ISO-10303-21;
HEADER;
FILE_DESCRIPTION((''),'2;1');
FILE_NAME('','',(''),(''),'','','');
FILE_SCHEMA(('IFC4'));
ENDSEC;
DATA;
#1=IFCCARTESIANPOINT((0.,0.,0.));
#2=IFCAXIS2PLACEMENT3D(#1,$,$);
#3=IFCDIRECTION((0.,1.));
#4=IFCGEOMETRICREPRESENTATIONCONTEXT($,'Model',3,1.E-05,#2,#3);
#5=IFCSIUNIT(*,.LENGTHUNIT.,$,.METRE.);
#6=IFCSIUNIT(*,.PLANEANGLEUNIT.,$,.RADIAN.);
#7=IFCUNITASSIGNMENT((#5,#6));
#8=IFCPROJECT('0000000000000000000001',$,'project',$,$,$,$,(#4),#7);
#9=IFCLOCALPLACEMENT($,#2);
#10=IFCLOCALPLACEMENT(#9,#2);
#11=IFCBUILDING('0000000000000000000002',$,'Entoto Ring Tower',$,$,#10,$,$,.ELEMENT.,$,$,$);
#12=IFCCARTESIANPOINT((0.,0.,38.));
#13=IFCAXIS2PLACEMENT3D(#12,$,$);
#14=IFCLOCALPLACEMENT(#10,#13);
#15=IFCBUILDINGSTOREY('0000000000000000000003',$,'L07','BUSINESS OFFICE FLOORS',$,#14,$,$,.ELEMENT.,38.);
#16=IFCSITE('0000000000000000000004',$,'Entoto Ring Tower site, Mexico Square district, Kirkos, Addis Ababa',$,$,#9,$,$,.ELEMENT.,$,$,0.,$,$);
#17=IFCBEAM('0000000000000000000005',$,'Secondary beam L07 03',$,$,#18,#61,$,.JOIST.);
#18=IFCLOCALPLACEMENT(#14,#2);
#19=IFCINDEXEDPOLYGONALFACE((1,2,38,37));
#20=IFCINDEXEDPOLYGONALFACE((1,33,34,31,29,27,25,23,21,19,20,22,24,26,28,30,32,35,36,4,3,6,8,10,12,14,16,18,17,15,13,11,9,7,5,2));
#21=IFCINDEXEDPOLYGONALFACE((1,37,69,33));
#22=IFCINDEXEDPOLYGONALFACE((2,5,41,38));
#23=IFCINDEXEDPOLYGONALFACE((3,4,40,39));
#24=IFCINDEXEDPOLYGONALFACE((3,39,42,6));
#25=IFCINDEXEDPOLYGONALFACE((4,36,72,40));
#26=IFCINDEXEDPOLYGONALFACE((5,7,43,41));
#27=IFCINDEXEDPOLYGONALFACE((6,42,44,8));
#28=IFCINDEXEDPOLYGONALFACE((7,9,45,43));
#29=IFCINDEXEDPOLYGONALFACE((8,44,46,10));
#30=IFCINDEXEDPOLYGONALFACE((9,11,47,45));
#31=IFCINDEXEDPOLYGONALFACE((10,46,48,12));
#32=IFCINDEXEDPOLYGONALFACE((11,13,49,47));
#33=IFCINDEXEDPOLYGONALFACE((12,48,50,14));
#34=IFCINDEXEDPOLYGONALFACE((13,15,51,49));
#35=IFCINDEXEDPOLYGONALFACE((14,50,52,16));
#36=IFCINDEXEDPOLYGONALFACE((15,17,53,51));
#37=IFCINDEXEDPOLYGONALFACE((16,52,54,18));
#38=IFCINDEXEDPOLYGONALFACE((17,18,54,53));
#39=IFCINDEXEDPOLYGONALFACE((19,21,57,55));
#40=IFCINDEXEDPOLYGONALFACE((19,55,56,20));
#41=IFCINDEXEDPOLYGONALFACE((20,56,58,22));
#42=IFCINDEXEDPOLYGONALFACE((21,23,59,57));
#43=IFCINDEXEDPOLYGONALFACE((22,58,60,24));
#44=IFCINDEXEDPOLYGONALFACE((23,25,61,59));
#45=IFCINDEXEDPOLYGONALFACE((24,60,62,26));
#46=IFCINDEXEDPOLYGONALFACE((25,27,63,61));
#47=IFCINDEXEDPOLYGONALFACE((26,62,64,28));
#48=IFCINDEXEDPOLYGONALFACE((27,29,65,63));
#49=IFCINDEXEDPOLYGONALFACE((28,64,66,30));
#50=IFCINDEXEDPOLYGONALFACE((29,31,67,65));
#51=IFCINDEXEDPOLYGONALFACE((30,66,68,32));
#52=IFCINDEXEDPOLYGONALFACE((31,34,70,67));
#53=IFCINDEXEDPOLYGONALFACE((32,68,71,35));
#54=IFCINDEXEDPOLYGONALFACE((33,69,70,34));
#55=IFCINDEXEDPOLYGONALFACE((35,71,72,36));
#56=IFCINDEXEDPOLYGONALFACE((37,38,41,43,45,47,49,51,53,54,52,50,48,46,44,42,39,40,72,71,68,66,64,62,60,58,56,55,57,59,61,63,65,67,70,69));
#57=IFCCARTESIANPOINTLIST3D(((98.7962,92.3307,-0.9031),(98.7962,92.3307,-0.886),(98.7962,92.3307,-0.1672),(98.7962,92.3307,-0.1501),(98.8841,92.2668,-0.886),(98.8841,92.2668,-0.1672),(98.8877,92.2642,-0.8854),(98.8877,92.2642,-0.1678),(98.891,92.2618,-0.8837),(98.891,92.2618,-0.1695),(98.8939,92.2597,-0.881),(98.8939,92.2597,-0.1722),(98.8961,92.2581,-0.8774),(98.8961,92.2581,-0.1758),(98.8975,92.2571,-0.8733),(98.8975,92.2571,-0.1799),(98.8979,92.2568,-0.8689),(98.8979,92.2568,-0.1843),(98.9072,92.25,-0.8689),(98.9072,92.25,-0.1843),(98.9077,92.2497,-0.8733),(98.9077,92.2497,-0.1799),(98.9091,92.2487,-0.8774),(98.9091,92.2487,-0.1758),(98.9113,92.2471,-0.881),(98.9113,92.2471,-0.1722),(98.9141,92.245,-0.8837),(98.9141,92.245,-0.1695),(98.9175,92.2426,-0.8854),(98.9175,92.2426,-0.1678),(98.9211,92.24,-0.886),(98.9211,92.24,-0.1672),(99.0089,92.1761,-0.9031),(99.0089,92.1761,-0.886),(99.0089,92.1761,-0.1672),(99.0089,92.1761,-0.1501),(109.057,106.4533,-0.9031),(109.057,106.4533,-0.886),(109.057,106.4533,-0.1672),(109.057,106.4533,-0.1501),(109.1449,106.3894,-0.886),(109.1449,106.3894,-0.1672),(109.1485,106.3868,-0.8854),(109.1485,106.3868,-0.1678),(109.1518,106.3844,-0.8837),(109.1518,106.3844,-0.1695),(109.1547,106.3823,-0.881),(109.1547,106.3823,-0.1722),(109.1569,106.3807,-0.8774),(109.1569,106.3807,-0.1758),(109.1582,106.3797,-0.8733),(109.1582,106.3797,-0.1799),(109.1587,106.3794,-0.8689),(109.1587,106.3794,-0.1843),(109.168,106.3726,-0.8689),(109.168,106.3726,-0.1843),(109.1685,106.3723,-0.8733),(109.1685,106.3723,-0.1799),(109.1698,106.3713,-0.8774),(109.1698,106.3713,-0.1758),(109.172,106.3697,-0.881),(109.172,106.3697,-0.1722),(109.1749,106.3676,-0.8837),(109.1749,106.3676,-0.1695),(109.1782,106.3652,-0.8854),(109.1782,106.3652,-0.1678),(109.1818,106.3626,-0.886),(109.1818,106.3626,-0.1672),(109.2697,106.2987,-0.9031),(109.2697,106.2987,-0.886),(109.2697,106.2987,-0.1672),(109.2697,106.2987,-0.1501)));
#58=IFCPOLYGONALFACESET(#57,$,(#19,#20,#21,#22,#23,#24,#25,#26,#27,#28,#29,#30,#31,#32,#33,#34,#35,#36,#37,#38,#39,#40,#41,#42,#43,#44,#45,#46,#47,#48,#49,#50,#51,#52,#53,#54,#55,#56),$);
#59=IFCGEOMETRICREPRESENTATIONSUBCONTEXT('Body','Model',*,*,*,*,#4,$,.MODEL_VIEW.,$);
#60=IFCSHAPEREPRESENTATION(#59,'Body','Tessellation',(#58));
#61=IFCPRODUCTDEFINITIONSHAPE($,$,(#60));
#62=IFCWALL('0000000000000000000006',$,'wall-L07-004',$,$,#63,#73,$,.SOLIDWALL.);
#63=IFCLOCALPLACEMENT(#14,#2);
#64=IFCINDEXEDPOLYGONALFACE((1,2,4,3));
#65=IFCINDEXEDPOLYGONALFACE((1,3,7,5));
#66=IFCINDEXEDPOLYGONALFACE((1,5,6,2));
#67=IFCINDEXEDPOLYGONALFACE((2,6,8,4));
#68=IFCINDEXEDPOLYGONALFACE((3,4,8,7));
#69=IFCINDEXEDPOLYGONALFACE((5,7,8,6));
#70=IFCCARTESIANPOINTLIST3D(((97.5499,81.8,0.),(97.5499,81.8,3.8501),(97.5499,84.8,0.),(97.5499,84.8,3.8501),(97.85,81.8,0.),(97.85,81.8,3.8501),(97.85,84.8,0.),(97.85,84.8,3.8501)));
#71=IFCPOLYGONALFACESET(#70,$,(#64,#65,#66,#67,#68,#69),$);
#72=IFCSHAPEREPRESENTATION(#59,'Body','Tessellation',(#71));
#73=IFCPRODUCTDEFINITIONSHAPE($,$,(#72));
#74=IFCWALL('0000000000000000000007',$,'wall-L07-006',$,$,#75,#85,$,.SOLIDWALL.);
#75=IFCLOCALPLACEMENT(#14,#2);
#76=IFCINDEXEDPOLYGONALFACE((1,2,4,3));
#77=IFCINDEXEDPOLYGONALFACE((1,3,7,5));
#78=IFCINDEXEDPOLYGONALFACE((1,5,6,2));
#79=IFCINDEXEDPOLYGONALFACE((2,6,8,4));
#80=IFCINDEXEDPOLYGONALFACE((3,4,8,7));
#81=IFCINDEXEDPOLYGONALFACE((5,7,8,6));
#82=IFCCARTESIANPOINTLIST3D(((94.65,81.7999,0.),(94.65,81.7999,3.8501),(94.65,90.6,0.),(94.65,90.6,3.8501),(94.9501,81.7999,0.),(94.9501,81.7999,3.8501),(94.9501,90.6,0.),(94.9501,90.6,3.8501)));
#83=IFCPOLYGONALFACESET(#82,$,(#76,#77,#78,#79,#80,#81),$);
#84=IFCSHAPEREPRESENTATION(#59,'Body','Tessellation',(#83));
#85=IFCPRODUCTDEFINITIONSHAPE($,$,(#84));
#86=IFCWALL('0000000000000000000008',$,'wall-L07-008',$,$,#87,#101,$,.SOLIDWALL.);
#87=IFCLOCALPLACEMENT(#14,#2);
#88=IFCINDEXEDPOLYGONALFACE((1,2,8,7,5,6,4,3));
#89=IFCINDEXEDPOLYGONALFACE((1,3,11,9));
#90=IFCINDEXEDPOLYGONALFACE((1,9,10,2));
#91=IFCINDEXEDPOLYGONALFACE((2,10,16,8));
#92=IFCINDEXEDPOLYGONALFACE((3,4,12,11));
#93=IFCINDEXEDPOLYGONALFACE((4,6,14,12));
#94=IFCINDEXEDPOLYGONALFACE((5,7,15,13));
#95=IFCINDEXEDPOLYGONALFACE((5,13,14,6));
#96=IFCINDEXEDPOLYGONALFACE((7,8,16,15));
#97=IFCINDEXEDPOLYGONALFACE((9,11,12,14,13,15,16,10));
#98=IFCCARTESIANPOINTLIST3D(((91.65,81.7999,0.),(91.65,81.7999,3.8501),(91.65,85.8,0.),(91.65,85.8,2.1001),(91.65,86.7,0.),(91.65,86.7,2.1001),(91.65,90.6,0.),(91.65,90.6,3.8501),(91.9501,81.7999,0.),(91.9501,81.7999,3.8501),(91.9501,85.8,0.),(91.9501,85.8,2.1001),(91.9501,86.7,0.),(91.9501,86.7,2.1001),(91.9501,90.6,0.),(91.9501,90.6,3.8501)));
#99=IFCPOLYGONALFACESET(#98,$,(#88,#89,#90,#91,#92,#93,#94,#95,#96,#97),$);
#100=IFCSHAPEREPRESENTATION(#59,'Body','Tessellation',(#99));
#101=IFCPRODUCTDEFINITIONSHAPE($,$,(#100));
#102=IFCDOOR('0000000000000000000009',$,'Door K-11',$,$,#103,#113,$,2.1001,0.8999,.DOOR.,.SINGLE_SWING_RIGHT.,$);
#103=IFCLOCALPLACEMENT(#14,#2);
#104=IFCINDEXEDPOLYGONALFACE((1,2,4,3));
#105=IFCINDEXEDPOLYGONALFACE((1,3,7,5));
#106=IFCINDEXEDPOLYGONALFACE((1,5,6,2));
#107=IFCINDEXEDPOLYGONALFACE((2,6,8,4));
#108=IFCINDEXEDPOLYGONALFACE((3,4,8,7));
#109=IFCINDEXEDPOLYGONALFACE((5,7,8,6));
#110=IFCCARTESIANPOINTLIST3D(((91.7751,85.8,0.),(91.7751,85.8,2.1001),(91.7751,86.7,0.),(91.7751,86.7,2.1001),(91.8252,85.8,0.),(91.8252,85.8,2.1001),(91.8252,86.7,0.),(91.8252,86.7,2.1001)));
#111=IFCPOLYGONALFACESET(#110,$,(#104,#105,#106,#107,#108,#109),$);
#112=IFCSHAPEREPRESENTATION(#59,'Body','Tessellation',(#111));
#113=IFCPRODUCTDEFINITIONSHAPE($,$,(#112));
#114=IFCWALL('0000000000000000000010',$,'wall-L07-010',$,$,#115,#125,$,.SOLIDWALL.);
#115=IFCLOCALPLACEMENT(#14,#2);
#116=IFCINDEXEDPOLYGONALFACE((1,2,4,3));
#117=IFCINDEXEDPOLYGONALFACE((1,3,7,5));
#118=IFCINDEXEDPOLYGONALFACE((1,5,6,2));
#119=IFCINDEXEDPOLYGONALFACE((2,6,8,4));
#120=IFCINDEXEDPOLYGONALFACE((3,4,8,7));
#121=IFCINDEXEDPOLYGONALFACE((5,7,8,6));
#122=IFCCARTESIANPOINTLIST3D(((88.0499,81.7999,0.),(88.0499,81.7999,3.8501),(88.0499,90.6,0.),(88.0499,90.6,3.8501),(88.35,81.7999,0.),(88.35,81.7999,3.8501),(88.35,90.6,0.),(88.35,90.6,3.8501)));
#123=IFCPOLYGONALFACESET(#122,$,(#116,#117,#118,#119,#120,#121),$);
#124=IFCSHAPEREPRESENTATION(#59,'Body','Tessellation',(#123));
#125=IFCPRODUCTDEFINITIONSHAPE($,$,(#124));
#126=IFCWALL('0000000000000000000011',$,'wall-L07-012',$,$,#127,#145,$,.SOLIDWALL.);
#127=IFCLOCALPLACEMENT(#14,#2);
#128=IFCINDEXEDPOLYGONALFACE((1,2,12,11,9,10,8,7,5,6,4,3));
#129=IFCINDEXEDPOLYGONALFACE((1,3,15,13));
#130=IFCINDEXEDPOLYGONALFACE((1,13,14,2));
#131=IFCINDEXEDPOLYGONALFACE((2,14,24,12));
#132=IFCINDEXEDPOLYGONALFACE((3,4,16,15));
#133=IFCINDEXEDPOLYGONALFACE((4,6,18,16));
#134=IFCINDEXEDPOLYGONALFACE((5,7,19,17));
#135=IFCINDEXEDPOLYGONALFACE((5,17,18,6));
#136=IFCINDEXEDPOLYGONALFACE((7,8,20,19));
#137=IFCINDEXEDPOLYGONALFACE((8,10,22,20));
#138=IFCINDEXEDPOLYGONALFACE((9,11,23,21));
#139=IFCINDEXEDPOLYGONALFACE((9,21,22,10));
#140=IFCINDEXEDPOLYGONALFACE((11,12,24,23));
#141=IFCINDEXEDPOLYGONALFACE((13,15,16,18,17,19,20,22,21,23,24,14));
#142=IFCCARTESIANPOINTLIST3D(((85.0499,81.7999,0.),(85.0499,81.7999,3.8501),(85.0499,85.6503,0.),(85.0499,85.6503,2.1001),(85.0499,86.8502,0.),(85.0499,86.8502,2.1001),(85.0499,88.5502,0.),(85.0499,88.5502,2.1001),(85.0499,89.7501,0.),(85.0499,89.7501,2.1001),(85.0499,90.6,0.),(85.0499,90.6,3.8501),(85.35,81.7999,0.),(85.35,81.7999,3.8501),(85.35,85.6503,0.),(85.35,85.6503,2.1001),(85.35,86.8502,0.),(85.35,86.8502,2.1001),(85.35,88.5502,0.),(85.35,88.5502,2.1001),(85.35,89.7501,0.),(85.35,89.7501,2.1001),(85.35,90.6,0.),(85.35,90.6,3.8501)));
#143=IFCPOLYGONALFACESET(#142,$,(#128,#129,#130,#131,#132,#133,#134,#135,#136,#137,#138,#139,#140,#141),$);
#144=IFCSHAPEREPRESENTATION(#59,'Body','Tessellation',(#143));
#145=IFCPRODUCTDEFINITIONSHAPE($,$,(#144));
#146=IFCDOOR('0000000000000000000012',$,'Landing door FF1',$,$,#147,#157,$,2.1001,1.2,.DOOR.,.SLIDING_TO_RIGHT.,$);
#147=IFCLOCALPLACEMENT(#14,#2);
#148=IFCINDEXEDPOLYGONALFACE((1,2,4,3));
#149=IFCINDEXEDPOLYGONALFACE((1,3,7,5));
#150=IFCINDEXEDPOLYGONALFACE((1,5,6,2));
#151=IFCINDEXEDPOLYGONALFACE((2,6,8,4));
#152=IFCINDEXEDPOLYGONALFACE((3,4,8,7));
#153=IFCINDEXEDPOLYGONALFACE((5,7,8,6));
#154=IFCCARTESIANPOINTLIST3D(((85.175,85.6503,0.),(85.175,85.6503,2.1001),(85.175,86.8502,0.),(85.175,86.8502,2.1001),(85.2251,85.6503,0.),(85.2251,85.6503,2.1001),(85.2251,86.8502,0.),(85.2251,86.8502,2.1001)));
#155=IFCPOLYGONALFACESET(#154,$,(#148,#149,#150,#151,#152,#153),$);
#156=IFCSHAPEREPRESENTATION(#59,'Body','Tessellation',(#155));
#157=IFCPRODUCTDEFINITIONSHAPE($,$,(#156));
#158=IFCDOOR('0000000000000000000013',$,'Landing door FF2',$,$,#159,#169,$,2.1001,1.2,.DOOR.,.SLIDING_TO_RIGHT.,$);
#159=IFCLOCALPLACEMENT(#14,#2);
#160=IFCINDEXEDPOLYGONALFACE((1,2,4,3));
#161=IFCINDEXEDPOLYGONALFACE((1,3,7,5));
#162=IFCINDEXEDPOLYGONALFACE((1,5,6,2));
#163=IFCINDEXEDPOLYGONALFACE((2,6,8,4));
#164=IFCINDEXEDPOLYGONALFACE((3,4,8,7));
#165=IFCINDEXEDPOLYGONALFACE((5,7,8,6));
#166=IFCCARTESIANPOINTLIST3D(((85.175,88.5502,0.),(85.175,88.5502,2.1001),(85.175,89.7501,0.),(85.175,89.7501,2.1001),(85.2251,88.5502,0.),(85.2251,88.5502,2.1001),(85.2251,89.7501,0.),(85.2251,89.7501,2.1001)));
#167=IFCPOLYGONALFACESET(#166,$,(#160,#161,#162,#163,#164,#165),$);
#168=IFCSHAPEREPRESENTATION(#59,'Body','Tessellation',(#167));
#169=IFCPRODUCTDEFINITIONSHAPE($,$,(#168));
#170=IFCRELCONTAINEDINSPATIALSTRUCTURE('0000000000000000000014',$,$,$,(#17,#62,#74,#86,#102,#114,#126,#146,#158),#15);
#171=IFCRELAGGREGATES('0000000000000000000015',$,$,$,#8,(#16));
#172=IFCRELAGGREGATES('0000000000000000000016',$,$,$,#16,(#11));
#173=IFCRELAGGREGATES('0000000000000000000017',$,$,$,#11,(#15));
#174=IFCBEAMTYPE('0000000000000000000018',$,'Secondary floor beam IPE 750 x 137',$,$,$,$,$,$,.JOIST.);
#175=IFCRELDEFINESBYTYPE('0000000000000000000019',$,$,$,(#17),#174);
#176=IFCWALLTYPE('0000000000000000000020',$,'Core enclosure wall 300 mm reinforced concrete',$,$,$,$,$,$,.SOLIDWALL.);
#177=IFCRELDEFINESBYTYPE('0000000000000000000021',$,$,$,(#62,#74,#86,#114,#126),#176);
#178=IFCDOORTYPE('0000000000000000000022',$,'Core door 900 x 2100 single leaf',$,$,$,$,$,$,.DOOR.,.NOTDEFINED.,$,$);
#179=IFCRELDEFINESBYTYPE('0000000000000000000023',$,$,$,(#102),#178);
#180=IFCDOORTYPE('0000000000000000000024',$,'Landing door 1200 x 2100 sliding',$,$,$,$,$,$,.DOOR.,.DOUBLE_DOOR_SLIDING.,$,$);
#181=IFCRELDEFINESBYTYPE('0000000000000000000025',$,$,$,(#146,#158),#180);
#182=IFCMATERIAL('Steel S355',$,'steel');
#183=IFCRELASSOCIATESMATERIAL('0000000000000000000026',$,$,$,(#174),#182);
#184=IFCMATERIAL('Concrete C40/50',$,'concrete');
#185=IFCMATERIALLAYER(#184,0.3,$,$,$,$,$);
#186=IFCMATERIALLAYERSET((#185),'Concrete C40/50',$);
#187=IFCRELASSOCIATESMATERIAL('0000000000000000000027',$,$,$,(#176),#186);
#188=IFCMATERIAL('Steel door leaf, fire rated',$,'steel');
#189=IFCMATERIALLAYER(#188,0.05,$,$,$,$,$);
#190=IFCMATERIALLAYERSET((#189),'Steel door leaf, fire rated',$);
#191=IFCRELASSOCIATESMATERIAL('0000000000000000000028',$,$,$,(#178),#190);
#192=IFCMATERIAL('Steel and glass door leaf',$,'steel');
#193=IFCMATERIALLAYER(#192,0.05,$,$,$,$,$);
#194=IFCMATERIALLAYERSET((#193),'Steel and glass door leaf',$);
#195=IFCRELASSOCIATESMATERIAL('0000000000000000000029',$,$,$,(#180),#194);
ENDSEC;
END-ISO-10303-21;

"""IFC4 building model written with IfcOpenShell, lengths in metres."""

from ifc_helpers import new_model, si_unit, direction, frame, frame_2d, origin, origin_2d, place, context, subcontext, project, spatial, rectangle, i_section, extrude, material, layer, layer_set, material_profile, profile_set, type_object, element, fill, save


model = new_model("IFC4")

# Units and contexts
model_context = context("Model", 3, precision=1e-05, world=origin(), true_north=direction((0.0, 1.0)))
body_context = subcontext(model_context, "Body", "Model", "MODEL_VIEW")
ifc_project = project(units=[si_unit("LENGTHUNIT", "METRE"), si_unit("PLANEANGLEUNIT", "RADIAN")], contexts=[model_context])

# Site, building, storey
site_placement = place(None, origin())
site = spatial("IfcSite", under=ifc_project, at=site_placement, Name="Entoto Ring Tower site, Mexico Square district, Kirkos, Addis Ababa", CompositionType="ELEMENT", RefElevation=0.0)
building_placement = place(site_placement, origin())
building = spatial("IfcBuilding", under=site, at=building_placement, Name="Entoto Ring Tower", CompositionType="ELEMENT")
storey_placement = place(building_placement, frame((0.0, 0.0, 38.0)))
storey = spatial("IfcBuildingStorey", under=building, at=storey_placement, Name="L07", Description="BUSINESS OFFICE FLOORS", CompositionType="ELEMENT", Elevation=38.0)

# Beam
ifc_material_1 = material(Name="Steel S355", Category="steel")
ifc_material_profile = material_profile(ifc_material_1, i_section(OverallWidth=0.2629, OverallDepth=0.7529, WebThickness=0.0115, FlangeThickness=0.0171, FilletRadius=0.0171, at=origin_2d()), Name="IPE 750 x 137")
ifc_profile_set = profile_set([ifc_material_profile], Name="Steel S355")
beam_type = type_object("IfcBeamType", Name="Secondary floor beam IPE 750 x 137", PredefinedType="JOIST", material=ifc_profile_set)
beam_placement = place(storey_placement, frame((98.9026, 92.2534, -0.5266), z_axis=(0.587789, 0.809014, 0.0), x_axis=(-0.809014, 0.587789, 0.0)))
element("IfcBeam", 1, at=beam_placement, inside=storey, type_object=beam_type, Name="Secondary beam L07 03", PredefinedType="JOIST", context=body_context, shape_type="SweptSolid", body=[
    extrude(i_section(OverallWidth=0.2629, OverallDepth=0.7529, WebThickness=0.0115, FlangeThickness=0.0171, FilletRadius=0.0171, at=origin_2d()), origin(), (0.0, 0.0, 1.0), 17.4565),
])

# Walls
ifc_material_2 = material(Name="Concrete C40/50", Category="concrete")
ifc_layer_1 = layer(ifc_material_2, 0.3)
ifc_layer_set_1 = layer_set([ifc_layer_1], Name="Concrete C40/50")
wall_type = type_object("IfcWallType", Name="Core enclosure wall 300 mm reinforced concrete", PredefinedType="SOLIDWALL", material=ifc_layer_set_1)
wall_1_placement = place(storey_placement, frame((97.7, 81.8, 0.0), z_axis=(0.0, 0.0, 1.0), x_axis=(0.0, 1.0, 0.0)))
element("IfcWall", 2, at=wall_1_placement, inside=storey, type_object=wall_type, Name="wall-L07-004", PredefinedType="SOLIDWALL", context=body_context, shape_type="SweptSolid", body=[
    extrude(rectangle(XDim=3.0, YDim=0.3, at=frame_2d((1.5, 0.0))), origin(), (0.0, 0.0, 1.0), 3.8501),
])
wall_2_placement = place(storey_placement, frame((94.8, 81.8, 0.0), z_axis=(0.0, 0.0, 1.0), x_axis=(0.0, 1.0, 0.0)))
element("IfcWall", 3, at=wall_2_placement, inside=storey, type_object=wall_type, Name="wall-L07-006", PredefinedType="SOLIDWALL", context=body_context, shape_type="SweptSolid", body=[
    extrude(rectangle(XDim=8.8, YDim=0.3, at=frame_2d((4.3999, 0.0))), origin(), (0.0, 0.0, 1.0), 3.8501),
])

# Wall, opening, door
wall_3_placement = place(storey_placement, frame((91.8, 81.8, 0.0), z_axis=(0.0, 0.0, 1.0), x_axis=(0.0, 1.0, 0.0)))
wall_3 = element("IfcWall", 4, at=wall_3_placement, inside=storey, type_object=wall_type, Name="wall-L07-008", PredefinedType="SOLIDWALL", context=body_context, shape_type="SweptSolid", body=[
    extrude(rectangle(XDim=8.8, YDim=0.3, at=frame_2d((4.3999, 0.0))), origin(), (0.0, 0.0, 1.0), 3.8501),
])
opening_1_placement = place(wall_3_placement, frame((4.0, 0.0, 0.0)))
opening_1 = element("IfcOpeningElement", 5, at=opening_1_placement, cuts=wall_3, PredefinedType="OPENING", context=body_context, shape_type="SweptSolid", body=[
    extrude(rectangle(XDim=0.8999, YDim=2.1001, at=frame_2d((0.45, 1.05))), frame((0.0, 0.1602, 0.0), z_axis=(0.0, -1.0, 0.0), x_axis=(1.0, 0.0, 0.0)), (0.0, 0.0, 1.0), 0.3201),
])
ifc_material_3 = material(Name="Steel door leaf, fire rated", Category="steel")
ifc_layer_2 = layer(ifc_material_3, 0.05)
ifc_layer_set_2 = layer_set([ifc_layer_2], Name="Steel door leaf, fire rated")
door_type_1 = type_object("IfcDoorType", Name="Core door 900 x 2100 single leaf", OperationType="NOTDEFINED", PredefinedType="DOOR", material=ifc_layer_set_2)
door_1_placement = place(opening_1_placement, origin())
door_1 = element("IfcDoor", 6, at=door_1_placement, inside=storey, type_object=door_type_1, Name="Door K-11", OperationType="SINGLE_SWING_RIGHT", OverallHeight=2.1001, OverallWidth=0.8999, PredefinedType="DOOR", context=body_context, shape_type="SweptSolid", body=[
    extrude(rectangle(XDim=0.8999, YDim=2.1001, at=frame_2d((0.45, 1.05))), frame((0.0, 0.0249, 0.0), z_axis=(0.0, -1.0, 0.0), x_axis=(1.0, 0.0, 0.0)), (0.0, 0.0, 1.0), 0.05),
])
fill(opening_1, door_1)

# Wall
wall_4_placement = place(storey_placement, frame((88.2, 81.8, 0.0), z_axis=(0.0, 0.0, 1.0), x_axis=(0.0, 1.0, 0.0)))
element("IfcWall", 7, at=wall_4_placement, inside=storey, type_object=wall_type, Name="wall-L07-010", PredefinedType="SOLIDWALL", context=body_context, shape_type="SweptSolid", body=[
    extrude(rectangle(XDim=8.8, YDim=0.3, at=frame_2d((4.3999, 0.0))), origin(), (0.0, 0.0, 1.0), 3.8501),
])

# Wall, openings, doors
wall_5_placement = place(storey_placement, frame((85.2, 81.8, 0.0), z_axis=(0.0, 0.0, 1.0), x_axis=(0.0, 1.0, 0.0)))
wall_5 = element("IfcWall", 8, at=wall_5_placement, inside=storey, type_object=wall_type, Name="wall-L07-012", PredefinedType="SOLIDWALL", context=body_context, shape_type="SweptSolid", body=[
    extrude(rectangle(XDim=8.8, YDim=0.3, at=frame_2d((4.3999, 0.0))), origin(), (0.0, 0.0, 1.0), 3.8501),
])
opening_2_placement = place(wall_5_placement, frame((3.8501, 0.0, 0.0)))
opening_2 = element("IfcOpeningElement", 9, at=opening_2_placement, cuts=wall_5, PredefinedType="OPENING", context=body_context, shape_type="SweptSolid", body=[
    extrude(rectangle(XDim=1.2, YDim=2.1001, at=frame_2d((0.6001, 1.05))), frame((0.0, 0.1602, 0.0), z_axis=(0.0, -1.0, 0.0), x_axis=(1.0, 0.0, 0.0)), (0.0, 0.0, 1.0), 0.3201),
])
opening_3_placement = place(wall_5_placement, frame((6.75, 0.0, 0.0)))
opening_3 = element("IfcOpeningElement", 10, at=opening_3_placement, cuts=wall_5, PredefinedType="OPENING", context=body_context, shape_type="SweptSolid", body=[
    extrude(rectangle(XDim=1.2, YDim=2.1001, at=frame_2d((0.6001, 1.05))), frame((0.0, 0.1602, 0.0), z_axis=(0.0, -1.0, 0.0), x_axis=(1.0, 0.0, 0.0)), (0.0, 0.0, 1.0), 0.3201),
])
ifc_material_4 = material(Name="Steel and glass door leaf", Category="steel")
ifc_layer_3 = layer(ifc_material_4, 0.05)
ifc_layer_set_3 = layer_set([ifc_layer_3], Name="Steel and glass door leaf")
door_type_2 = type_object("IfcDoorType", Name="Landing door 1200 x 2100 sliding", OperationType="DOUBLE_DOOR_SLIDING", PredefinedType="DOOR", material=ifc_layer_set_3)
door_2_placement = place(opening_2_placement, origin())
door_2 = element("IfcDoor", 11, at=door_2_placement, inside=storey, type_object=door_type_2, Name="Landing door FF1", OperationType="SLIDING_TO_RIGHT", OverallHeight=2.1001, OverallWidth=1.2, PredefinedType="DOOR", context=body_context, shape_type="SweptSolid", body=[
    extrude(rectangle(XDim=1.2, YDim=2.1001, at=frame_2d((0.6001, 1.05))), frame((0.0, 0.0249, 0.0), z_axis=(0.0, -1.0, 0.0), x_axis=(1.0, 0.0, 0.0)), (0.0, 0.0, 1.0), 0.05),
])
fill(opening_2, door_2)
door_3_placement = place(opening_3_placement, origin())
door_3 = element("IfcDoor", 12, at=door_3_placement, inside=storey, type_object=door_type_2, Name="Landing door FF2", OperationType="SLIDING_TO_RIGHT", OverallHeight=2.1001, OverallWidth=1.2, PredefinedType="DOOR", context=body_context, shape_type="SweptSolid", body=[
    extrude(rectangle(XDim=1.2, YDim=2.1001, at=frame_2d((0.6001, 1.05))), frame((0.0, 0.0249, 0.0), z_axis=(0.0, -1.0, 0.0), x_axis=(1.0, 0.0, 0.0)), (0.0, 0.0, 1.0), 0.05),
])
fill(opening_3, door_3)

save(model, "model.ifc")
